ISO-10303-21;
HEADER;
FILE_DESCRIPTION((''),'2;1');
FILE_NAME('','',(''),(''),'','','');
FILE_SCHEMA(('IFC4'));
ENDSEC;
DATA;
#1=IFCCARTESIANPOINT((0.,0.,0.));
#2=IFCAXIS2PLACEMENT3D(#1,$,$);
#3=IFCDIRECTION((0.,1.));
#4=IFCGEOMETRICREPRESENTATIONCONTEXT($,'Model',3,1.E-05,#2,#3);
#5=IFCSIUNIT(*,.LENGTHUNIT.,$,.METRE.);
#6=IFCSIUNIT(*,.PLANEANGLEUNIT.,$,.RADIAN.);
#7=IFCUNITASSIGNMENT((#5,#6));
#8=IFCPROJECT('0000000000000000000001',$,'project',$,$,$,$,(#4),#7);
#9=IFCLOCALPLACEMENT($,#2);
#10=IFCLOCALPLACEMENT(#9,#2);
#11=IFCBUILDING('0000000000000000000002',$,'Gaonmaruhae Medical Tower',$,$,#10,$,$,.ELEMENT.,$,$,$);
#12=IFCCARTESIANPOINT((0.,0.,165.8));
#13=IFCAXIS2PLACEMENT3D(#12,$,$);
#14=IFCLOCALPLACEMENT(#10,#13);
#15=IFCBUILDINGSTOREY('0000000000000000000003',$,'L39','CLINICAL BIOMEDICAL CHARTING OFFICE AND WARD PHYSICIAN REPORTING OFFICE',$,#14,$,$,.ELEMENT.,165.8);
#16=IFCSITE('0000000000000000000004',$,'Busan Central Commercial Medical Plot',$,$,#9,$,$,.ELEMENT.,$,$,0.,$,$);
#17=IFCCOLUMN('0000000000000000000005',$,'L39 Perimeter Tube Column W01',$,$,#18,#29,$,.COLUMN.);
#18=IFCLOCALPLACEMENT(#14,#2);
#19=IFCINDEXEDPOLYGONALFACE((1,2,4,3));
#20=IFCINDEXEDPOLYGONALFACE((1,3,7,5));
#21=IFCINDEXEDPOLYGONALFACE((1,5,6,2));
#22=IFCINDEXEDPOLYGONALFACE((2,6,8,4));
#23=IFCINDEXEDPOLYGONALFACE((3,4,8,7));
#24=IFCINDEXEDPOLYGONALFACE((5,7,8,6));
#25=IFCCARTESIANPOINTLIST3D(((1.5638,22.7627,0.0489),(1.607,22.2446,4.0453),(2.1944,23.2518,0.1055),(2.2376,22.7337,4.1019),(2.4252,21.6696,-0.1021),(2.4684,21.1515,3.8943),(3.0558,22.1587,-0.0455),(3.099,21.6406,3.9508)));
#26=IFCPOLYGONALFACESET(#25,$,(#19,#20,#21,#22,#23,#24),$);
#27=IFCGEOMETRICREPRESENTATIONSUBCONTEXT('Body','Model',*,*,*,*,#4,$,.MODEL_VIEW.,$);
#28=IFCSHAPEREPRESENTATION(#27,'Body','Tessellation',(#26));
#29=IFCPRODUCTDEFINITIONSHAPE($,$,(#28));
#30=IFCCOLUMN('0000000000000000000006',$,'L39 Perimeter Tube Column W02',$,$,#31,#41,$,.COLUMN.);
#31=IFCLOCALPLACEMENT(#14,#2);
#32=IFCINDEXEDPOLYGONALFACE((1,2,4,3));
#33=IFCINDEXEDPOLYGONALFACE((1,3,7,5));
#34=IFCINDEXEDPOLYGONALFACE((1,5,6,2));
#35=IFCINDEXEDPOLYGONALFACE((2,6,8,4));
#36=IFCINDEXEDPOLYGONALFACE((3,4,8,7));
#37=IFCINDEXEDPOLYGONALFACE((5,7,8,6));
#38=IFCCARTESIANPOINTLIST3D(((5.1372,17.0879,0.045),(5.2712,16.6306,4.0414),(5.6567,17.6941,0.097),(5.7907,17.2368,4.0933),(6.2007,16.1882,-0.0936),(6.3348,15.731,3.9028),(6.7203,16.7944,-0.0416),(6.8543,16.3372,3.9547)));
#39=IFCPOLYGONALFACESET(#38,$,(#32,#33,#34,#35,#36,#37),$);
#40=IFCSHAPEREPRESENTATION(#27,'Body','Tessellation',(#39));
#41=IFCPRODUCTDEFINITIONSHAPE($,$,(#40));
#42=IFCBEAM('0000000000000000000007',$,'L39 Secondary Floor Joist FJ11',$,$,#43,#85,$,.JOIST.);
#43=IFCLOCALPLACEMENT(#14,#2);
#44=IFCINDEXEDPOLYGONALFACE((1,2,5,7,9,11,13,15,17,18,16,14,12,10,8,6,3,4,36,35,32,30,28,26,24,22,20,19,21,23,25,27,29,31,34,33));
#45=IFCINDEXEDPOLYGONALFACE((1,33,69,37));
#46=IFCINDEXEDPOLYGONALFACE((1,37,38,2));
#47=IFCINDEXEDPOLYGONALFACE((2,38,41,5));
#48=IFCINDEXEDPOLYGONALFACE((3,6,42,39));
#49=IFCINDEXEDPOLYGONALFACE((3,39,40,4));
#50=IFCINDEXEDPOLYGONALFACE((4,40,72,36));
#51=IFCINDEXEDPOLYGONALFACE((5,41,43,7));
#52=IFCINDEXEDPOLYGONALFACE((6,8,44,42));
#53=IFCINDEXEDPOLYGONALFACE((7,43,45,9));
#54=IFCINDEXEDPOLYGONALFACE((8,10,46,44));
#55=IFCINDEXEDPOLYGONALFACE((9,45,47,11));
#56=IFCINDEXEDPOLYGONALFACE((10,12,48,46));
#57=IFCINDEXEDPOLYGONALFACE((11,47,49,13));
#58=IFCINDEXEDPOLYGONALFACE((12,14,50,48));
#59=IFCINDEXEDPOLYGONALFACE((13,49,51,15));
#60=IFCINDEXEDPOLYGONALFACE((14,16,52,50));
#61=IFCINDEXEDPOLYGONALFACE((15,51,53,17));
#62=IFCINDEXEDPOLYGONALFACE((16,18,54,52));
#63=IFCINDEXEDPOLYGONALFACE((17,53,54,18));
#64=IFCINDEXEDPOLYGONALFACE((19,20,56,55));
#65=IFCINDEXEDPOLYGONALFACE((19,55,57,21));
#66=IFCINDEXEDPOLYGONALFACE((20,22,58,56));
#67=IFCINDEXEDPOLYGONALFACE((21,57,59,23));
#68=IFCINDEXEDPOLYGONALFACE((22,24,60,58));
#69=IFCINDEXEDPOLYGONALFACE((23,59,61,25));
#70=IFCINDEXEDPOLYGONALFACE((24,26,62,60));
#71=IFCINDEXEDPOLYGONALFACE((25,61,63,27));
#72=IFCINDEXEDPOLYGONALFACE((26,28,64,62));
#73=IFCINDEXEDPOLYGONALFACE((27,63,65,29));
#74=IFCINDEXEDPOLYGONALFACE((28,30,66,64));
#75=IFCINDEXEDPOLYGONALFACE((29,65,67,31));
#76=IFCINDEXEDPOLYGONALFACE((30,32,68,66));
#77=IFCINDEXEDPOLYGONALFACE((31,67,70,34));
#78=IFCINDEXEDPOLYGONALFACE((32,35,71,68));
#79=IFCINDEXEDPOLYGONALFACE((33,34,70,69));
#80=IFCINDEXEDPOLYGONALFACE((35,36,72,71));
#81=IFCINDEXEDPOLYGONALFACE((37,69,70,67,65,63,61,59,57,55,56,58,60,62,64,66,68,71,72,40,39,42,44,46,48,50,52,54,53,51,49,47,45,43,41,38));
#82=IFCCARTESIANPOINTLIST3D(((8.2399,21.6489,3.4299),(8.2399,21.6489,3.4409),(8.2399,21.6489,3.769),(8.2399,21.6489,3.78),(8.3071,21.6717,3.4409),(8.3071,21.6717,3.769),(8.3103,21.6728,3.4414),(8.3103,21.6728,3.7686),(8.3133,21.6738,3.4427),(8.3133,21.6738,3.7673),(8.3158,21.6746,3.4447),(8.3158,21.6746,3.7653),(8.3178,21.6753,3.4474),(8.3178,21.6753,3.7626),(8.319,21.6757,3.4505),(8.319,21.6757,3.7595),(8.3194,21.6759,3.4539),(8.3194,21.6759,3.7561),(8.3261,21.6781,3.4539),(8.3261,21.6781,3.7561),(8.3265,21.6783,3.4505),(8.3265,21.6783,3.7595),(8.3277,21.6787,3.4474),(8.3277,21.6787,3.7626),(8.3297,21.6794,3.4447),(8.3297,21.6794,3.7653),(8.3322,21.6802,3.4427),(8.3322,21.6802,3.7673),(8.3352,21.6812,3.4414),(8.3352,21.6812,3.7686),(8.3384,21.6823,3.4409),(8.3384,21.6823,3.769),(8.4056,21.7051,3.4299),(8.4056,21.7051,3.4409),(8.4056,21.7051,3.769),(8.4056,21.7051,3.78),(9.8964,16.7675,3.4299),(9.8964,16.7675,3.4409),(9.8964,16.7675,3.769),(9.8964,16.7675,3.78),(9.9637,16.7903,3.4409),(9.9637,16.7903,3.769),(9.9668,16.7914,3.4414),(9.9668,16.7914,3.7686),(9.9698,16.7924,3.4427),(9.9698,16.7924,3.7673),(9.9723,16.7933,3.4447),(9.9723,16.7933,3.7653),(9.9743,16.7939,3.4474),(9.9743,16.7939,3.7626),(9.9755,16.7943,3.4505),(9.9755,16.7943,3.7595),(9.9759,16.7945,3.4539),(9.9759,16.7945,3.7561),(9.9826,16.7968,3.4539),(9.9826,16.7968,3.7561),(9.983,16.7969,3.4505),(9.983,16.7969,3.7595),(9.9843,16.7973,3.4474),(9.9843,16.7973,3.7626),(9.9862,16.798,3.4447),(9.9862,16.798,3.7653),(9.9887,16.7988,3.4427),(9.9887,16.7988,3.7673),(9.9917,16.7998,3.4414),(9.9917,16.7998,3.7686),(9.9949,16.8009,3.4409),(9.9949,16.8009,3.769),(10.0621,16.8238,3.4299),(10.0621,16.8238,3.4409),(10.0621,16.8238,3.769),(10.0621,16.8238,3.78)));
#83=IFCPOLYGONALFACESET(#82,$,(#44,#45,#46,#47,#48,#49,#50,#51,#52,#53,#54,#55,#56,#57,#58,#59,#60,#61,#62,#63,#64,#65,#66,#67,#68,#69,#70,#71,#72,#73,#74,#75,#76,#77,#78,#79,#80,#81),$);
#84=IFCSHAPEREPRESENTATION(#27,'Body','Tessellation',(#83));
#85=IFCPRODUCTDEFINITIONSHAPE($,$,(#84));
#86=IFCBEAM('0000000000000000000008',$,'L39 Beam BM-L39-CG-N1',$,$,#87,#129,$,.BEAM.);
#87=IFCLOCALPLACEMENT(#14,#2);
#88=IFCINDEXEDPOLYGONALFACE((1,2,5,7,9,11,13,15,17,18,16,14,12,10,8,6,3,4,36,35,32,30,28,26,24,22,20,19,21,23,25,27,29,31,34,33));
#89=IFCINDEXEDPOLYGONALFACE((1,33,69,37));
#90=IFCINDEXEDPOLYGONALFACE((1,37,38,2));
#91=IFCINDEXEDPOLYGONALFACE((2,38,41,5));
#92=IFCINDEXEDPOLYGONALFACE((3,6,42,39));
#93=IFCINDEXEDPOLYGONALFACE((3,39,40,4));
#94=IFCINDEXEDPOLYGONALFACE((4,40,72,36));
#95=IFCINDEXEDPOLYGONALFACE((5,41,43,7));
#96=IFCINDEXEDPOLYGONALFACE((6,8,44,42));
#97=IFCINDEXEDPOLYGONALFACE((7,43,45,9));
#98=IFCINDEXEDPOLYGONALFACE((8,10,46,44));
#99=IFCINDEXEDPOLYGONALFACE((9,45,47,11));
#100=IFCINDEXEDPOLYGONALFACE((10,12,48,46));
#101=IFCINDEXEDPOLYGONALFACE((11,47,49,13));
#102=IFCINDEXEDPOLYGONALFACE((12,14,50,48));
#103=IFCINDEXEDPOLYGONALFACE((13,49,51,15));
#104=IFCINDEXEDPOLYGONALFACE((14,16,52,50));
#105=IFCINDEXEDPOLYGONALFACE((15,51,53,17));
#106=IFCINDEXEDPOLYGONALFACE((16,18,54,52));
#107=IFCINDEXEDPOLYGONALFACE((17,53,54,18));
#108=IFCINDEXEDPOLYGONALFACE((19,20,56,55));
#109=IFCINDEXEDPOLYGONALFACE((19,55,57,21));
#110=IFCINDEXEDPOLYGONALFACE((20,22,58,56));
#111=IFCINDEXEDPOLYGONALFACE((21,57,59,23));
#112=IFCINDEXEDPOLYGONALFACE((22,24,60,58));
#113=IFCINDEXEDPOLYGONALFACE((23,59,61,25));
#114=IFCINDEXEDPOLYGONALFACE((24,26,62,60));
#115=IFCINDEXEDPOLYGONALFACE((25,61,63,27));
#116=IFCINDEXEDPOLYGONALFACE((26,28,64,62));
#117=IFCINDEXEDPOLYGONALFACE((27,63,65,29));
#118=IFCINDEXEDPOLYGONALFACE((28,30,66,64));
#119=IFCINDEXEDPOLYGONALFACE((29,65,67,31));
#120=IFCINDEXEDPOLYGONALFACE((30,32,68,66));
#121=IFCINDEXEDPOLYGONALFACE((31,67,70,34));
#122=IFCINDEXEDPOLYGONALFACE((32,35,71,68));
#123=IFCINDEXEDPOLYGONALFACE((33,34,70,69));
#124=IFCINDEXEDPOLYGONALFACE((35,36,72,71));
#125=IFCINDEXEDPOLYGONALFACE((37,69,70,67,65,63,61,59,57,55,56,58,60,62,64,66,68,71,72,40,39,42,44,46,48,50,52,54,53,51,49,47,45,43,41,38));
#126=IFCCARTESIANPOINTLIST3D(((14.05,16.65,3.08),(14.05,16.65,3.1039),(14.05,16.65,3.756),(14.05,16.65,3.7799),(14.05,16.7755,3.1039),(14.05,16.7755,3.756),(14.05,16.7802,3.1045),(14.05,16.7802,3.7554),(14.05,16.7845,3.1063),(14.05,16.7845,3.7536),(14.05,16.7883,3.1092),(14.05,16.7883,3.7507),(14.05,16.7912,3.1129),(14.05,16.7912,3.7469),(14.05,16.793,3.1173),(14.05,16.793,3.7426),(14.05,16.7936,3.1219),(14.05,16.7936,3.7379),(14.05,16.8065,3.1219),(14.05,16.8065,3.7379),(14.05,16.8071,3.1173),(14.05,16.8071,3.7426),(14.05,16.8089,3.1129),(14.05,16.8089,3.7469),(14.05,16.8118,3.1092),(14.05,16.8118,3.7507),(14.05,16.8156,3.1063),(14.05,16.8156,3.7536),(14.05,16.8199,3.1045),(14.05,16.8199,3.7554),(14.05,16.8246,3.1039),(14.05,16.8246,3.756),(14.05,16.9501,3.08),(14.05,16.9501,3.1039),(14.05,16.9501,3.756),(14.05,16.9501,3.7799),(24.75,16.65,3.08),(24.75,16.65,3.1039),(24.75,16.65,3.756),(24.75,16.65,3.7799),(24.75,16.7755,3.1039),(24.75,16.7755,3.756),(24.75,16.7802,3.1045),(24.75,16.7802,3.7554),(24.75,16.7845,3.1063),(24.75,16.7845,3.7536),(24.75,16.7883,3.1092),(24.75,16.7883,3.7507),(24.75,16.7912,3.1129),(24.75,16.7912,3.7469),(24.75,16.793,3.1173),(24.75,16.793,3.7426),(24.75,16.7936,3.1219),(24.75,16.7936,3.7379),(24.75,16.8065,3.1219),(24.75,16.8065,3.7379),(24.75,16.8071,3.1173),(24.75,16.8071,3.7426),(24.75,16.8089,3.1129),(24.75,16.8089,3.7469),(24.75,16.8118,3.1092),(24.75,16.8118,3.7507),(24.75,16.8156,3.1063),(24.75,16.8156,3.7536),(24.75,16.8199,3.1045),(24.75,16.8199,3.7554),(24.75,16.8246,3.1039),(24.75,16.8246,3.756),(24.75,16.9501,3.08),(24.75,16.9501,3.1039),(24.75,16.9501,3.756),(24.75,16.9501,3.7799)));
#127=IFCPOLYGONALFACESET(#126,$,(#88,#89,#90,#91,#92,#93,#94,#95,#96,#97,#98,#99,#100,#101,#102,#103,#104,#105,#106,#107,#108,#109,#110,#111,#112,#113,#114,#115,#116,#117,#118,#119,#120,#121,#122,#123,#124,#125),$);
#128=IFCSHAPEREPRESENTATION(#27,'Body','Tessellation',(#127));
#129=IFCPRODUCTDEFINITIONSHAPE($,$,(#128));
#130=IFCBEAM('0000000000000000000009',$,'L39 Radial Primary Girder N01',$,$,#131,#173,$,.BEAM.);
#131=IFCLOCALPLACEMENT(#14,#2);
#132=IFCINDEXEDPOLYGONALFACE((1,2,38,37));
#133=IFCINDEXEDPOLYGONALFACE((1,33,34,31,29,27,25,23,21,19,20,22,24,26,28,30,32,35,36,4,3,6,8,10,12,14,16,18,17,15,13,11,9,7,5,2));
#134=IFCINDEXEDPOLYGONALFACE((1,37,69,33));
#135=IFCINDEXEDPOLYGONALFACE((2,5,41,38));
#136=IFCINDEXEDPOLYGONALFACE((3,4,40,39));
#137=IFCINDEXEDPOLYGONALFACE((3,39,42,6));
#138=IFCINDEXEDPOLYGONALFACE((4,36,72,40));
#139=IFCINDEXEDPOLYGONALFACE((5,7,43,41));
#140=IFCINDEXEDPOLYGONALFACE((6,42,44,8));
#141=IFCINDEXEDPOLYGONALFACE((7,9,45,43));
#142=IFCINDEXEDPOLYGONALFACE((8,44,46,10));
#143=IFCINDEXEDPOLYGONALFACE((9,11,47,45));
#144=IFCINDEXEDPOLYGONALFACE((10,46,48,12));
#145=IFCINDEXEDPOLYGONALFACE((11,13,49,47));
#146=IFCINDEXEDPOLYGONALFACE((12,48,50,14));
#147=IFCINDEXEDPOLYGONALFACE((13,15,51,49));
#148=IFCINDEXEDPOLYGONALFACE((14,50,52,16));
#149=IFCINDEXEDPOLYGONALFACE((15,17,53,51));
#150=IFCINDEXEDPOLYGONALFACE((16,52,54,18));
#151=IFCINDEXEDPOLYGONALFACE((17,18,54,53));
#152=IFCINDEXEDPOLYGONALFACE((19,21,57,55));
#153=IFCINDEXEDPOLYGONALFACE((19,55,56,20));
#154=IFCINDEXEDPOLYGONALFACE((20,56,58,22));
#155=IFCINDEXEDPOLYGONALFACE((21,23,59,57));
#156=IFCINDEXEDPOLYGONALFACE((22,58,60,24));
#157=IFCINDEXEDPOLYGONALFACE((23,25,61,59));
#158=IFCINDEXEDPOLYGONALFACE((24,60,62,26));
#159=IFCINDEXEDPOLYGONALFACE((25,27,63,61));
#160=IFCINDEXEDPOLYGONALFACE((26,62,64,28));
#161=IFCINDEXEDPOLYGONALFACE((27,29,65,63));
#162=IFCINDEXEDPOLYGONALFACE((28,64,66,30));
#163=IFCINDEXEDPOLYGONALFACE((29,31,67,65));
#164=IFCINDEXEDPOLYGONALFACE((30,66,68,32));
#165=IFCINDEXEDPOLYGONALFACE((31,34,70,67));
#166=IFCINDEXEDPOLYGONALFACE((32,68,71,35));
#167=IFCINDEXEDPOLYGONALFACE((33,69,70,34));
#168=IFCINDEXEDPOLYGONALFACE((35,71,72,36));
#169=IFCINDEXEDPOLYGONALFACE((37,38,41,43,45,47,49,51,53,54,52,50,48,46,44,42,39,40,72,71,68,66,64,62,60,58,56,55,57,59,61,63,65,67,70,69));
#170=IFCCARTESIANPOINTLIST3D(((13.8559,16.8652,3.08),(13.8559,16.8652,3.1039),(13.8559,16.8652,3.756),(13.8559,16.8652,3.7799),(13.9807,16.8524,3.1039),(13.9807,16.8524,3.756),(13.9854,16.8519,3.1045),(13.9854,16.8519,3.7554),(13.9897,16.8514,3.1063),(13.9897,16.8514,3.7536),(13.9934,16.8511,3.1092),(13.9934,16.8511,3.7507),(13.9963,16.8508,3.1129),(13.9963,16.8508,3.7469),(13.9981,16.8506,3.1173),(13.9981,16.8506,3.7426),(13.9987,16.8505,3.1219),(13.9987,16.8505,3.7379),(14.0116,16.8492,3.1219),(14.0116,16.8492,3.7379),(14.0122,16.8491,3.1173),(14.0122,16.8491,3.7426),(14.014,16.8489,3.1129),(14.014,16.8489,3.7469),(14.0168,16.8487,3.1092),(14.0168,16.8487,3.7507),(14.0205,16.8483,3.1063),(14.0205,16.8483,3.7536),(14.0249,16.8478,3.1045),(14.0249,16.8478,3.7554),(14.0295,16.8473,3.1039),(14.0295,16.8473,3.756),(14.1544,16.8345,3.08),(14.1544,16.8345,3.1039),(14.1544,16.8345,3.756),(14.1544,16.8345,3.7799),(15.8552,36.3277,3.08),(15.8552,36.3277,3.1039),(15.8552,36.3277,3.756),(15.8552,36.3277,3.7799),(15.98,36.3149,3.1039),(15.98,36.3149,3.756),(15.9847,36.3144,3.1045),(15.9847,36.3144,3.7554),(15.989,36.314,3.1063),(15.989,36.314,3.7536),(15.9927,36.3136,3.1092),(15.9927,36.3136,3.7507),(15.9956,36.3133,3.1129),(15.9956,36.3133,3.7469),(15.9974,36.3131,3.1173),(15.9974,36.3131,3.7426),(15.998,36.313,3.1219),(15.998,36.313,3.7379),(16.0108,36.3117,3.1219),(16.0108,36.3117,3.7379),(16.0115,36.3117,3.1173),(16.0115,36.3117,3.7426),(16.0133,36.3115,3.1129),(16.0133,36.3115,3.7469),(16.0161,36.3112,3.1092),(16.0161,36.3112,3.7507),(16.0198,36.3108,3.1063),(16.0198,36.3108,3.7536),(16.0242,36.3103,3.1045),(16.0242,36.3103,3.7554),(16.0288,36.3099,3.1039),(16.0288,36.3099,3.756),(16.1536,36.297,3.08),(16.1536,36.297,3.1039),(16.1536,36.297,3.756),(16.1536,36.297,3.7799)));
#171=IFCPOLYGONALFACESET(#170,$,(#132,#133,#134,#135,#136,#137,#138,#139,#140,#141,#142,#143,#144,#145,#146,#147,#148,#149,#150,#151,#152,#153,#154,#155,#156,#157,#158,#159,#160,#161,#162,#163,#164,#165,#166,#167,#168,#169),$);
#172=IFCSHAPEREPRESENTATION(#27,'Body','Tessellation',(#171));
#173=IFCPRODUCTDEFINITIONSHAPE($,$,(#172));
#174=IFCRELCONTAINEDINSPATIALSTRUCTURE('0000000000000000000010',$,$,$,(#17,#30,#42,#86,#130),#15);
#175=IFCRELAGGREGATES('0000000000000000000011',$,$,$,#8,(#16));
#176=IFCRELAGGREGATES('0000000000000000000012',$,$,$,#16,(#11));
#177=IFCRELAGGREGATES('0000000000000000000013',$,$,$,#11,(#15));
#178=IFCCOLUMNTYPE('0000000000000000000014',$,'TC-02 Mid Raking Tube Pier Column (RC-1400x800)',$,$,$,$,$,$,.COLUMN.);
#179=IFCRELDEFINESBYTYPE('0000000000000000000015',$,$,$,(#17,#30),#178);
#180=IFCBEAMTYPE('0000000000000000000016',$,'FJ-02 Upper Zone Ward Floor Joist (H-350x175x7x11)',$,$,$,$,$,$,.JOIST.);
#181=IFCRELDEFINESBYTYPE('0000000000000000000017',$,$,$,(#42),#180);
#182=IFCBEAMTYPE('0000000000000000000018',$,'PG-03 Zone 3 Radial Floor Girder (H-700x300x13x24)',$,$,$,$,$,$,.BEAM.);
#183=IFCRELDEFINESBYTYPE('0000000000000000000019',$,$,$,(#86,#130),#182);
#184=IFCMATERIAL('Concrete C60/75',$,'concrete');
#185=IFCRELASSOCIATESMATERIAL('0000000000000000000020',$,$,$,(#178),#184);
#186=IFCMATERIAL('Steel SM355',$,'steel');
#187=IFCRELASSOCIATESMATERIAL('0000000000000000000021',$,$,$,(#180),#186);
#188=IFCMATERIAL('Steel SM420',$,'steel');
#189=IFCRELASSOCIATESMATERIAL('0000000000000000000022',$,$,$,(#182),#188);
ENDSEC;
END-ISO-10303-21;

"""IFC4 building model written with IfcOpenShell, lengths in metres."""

from ifc_helpers import new_model, si_unit, direction, frame, origin, origin_2d, place, context, subcontext, project, spatial, rectangle, i_section, extrude, material, material_profile, profile_set, type_object, element, save


model = new_model("IFC4")

# Units and contexts
model_context = context("Model", 3, precision=1e-05, world=origin(), true_north=direction((0.0, 1.0)))
body_context = subcontext(model_context, "Body", "Model", "MODEL_VIEW")
ifc_project = project(units=[si_unit("LENGTHUNIT", "METRE"), si_unit("PLANEANGLEUNIT", "RADIAN")], contexts=[model_context])

# Site, building, storey
site_placement = place(None, origin())
site = spatial("IfcSite", under=ifc_project, at=site_placement, Name="Busan Central Commercial Medical Plot", CompositionType="ELEMENT", RefElevation=0.0)
building_placement = place(site_placement, origin())
building = spatial("IfcBuilding", under=site, at=building_placement, Name="Gaonmaruhae Medical Tower", CompositionType="ELEMENT")
storey_placement = place(building_placement, frame((0.0, 0.0, 165.8)))
storey = spatial("IfcBuildingStorey", under=building, at=storey_placement, Name="L39", Description="CLINICAL BIOMEDICAL CHARTING OFFICE AND WARD PHYSICIAN REPORTING OFFICE", CompositionType="ELEMENT", Elevation=165.8)

# Columns
ifc_material_1 = material(Name="Concrete C60/75", Category="concrete")
ifc_material_profile_1 = material_profile(ifc_material_1, rectangle(XDim=1.3999, YDim=0.8, at=origin_2d()), Name="RC-1400x800")
ifc_profile_set_1 = profile_set([ifc_material_profile_1], Name="Concrete C60/75")
column_type = type_object("IfcColumnType", Name="TC-02 Mid Raking Tube Pier Column (RC-1400x800)", PredefinedType="COLUMN", material=ifc_profile_set_1)
column_1_placement = place(storey_placement, frame((2.3098, 22.4607, 0.0017), z_axis=(0.010723, -0.128552, 0.991645), x_axis=(-0.61533, 0.780853, 0.10788)))
element("IfcColumn", 1, at=column_1_placement, inside=storey, type_object=column_type, Name="L39 Perimeter Tube Column W01", PredefinedType="COLUMN", context=body_context, shape_type="SweptSolid", body=[
    extrude(rectangle(XDim=1.3999, YDim=0.8, at=origin_2d()), origin(), (0.0, 0.0, 1.0), 4.03),
])
column_2_placement = place(storey_placement, frame((5.9287, 16.9412, 0.0017), z_axis=(0.033303, -0.113619, 0.992966), x_axis=(-0.759731, 0.642654, 0.099015)))
element("IfcColumn", 2, at=column_2_placement, inside=storey, type_object=column_type, Name="L39 Perimeter Tube Column W02", PredefinedType="COLUMN", context=body_context, shape_type="SweptSolid", body=[
    extrude(rectangle(XDim=1.3999, YDim=0.8, at=origin_2d()), origin(), (0.0, 0.0, 1.0), 4.0247),
])

# Beams
ifc_material_2 = material(Name="Steel SM355", Category="steel")
ifc_material_profile_2 = material_profile(ifc_material_2, i_section(OverallWidth=0.175, OverallDepth=0.3501, WebThickness=0.0071, FlangeThickness=0.011, FilletRadius=0.0129, at=origin_2d()), Name="H-350x175x7x11")
ifc_profile_set_2 = profile_set([ifc_material_profile_2], Name="Steel SM355")
beam_type_1 = type_object("IfcBeamType", Name="FJ-02 Upper Zone Ward Floor Joist (H-350x175x7x11)", PredefinedType="JOIST", material=ifc_profile_set_2)
beam_1_placement = place(storey_placement, frame((8.3228, 21.677, 3.605), z_axis=(0.321352, -0.94696, 0.0), x_axis=(0.94696, 0.321352, 0.0)))
element("IfcBeam", 3, at=beam_1_placement, inside=storey, type_object=beam_type_1, Name="L39 Secondary Floor Joist FJ11", PredefinedType="JOIST", context=body_context, shape_type="SweptSolid", body=[
    extrude(i_section(OverallWidth=0.175, OverallDepth=0.3501, WebThickness=0.0071, FlangeThickness=0.011, FilletRadius=0.0129, at=origin_2d()), origin(), (0.0, 0.0, 1.0), 5.1548),
])
ifc_material_3 = material(Name="Steel SM420", Category="steel")
ifc_material_profile_3 = material_profile(ifc_material_3, i_section(OverallWidth=0.3, OverallDepth=0.7, WebThickness=0.0129, FlangeThickness=0.0239, FilletRadius=0.0181, at=origin_2d()), Name="H-700x300x13x24")
ifc_profile_set_3 = profile_set([ifc_material_profile_3], Name="Steel SM420")
beam_type_2 = type_object("IfcBeamType", Name="PG-03 Zone 3 Radial Floor Girder (H-700x300x13x24)", PredefinedType="BEAM", material=ifc_profile_set_3)
beam_2_placement = place(storey_placement, frame((14.05, 16.8, 3.4299), z_axis=(1.0, 0.0, 0.0), x_axis=(0.0, 1.0, 0.0)))
element("IfcBeam", 4, at=beam_2_placement, inside=storey, type_object=beam_type_2, Name="L39 Beam BM-L39-CG-N1", PredefinedType="BEAM", context=body_context, shape_type="SweptSolid", body=[
    extrude(i_section(OverallWidth=0.3, OverallDepth=0.7, WebThickness=0.0129, FlangeThickness=0.0239, FilletRadius=0.0181, at=origin_2d()), origin(), (0.0, 0.0, 1.0), 10.7),
])
beam_3_placement = place(storey_placement, frame((14.0051, 16.8499, 3.4299), z_axis=(0.102187, 0.994765, 0.0), x_axis=(-0.994765, 0.102187, 0.0)))
element("IfcBeam", 5, at=beam_3_placement, inside=storey, type_object=beam_type_2, Name="L39 Radial Primary Girder N01", PredefinedType="BEAM", context=body_context, shape_type="SweptSolid", body=[
    extrude(i_section(OverallWidth=0.3, OverallDepth=0.7, WebThickness=0.0129, FlangeThickness=0.0239, FilletRadius=0.0181, at=origin_2d()), origin(), (0.0, 0.0, 1.0), 19.5649),
])

save(model, "model.ifc")
